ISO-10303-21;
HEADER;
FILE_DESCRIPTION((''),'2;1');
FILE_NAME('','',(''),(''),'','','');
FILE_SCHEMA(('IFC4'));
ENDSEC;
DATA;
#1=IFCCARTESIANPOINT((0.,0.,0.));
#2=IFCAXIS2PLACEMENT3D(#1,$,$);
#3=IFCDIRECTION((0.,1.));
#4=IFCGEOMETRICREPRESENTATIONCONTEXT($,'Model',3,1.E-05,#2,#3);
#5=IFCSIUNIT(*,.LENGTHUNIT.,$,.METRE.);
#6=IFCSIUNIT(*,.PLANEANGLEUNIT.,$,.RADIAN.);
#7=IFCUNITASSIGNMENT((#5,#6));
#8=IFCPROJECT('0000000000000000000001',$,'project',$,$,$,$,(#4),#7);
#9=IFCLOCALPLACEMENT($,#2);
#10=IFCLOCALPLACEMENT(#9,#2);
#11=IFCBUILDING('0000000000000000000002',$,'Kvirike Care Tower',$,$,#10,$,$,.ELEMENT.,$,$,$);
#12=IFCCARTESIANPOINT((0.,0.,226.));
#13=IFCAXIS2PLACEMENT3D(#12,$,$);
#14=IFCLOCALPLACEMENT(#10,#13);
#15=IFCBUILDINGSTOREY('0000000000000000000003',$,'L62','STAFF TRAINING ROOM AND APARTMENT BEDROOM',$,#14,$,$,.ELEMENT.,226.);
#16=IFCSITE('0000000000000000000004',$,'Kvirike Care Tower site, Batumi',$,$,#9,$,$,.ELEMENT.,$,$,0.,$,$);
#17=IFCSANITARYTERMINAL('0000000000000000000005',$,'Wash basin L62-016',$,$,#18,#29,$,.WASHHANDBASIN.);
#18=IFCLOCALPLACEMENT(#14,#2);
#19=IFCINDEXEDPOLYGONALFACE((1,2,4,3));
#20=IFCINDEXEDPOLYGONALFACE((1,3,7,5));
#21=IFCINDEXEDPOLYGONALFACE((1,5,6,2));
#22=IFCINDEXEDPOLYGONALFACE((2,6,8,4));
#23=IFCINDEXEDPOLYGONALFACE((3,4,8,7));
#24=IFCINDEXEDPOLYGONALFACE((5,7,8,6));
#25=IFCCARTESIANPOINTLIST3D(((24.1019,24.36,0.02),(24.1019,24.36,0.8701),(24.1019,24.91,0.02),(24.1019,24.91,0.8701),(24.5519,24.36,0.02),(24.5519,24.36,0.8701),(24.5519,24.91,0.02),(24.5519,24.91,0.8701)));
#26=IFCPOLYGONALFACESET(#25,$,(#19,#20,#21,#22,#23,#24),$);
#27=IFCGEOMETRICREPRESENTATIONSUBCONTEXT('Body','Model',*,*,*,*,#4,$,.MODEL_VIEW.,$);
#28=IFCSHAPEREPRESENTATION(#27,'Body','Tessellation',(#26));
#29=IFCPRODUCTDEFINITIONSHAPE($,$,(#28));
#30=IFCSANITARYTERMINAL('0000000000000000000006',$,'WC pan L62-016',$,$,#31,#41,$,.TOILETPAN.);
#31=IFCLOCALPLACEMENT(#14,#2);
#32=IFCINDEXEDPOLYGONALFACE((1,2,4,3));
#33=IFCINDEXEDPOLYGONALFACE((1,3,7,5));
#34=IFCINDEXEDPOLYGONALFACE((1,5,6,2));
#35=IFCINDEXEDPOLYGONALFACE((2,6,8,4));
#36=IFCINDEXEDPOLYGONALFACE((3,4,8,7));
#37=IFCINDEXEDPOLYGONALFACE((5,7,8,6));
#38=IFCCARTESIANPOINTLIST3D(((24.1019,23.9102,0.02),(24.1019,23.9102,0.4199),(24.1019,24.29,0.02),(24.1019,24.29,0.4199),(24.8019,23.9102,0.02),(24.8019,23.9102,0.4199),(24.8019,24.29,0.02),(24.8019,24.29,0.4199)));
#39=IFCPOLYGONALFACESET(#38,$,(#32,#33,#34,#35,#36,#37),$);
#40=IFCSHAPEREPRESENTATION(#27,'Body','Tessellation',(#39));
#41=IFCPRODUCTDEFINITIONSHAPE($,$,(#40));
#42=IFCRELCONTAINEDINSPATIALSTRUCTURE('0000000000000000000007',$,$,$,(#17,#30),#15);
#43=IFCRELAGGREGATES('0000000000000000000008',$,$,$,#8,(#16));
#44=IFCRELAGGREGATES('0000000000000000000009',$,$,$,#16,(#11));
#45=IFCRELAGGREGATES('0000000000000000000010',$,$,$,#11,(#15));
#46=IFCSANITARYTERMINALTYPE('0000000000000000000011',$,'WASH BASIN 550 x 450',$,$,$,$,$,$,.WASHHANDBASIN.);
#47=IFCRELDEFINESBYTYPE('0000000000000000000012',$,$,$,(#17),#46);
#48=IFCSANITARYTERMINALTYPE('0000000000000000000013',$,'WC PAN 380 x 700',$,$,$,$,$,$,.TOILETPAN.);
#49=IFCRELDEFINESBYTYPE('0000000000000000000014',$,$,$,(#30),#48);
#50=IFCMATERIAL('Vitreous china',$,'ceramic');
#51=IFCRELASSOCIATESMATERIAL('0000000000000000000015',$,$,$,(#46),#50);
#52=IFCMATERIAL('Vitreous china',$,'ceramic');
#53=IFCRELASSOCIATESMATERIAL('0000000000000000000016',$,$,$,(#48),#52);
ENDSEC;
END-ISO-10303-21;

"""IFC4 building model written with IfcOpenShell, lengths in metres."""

from ifc_helpers import new_model, si_unit, direction, frame, origin, origin_2d, place, context, subcontext, project, spatial, rectangle, extrude, material, type_object, element, save


model = new_model("IFC4")

# Units and contexts
model_context = context("Model", 3, precision=1e-05, world=origin(), true_north=direction((0.0, 1.0)))
body_context = subcontext(model_context, "Body", "Model", "MODEL_VIEW")
ifc_project = project(units=[si_unit("LENGTHUNIT", "METRE"), si_unit("PLANEANGLEUNIT", "RADIAN")], contexts=[model_context])

# Site, building, storey
site_placement = place(None, origin())
site = spatial("IfcSite", under=ifc_project, at=site_placement, Name="Kvirike Care Tower site, Batumi", CompositionType="ELEMENT", RefElevation=0.0)
building_placement = place(site_placement, origin())
building = spatial("IfcBuilding", under=site, at=building_placement, Name="Kvirike Care Tower", CompositionType="ELEMENT")
storey_placement = place(building_placement, frame((0.0, 0.0, 226.0)))
storey = spatial("IfcBuildingStorey", under=building, at=storey_placement, Name="L62", Description="STAFF TRAINING ROOM AND APARTMENT BEDROOM", CompositionType="ELEMENT", Elevation=226.0)

# Sanitary terminals
ifc_material_1 = material(Name="Vitreous china", Category="ceramic")
sanitary_terminal_type_1 = type_object("IfcSanitaryTerminalType", Name="WASH BASIN 550 x 450", PredefinedType="WASHHANDBASIN", material=ifc_material_1)
sanitary_terminal_1_placement = place(storey_placement, frame((24.3269, 24.635, 0.02), z_axis=(0.0, 0.0, 1.0), x_axis=(0.0, 1.0, 0.0)))
element("IfcSanitaryTerminal", 1, at=sanitary_terminal_1_placement, inside=storey, type_object=sanitary_terminal_type_1, Name="Wash basin L62-016", PredefinedType="WASHHANDBASIN", context=body_context, shape_type="SweptSolid", body=[
    extrude(rectangle(XDim=0.55, YDim=0.45, at=origin_2d()), origin(), (0.0, 0.0, 1.0), 0.8501),
])
ifc_material_2 = material(Name="Vitreous china", Category="ceramic")
sanitary_terminal_type_2 = type_object("IfcSanitaryTerminalType", Name="WC PAN 380 x 700", PredefinedType="TOILETPAN", material=ifc_material_2)
sanitary_terminal_2_placement = place(storey_placement, frame((24.4519, 24.1001, 0.02), z_axis=(0.0, 0.0, 1.0), x_axis=(0.0, 1.0, 0.0)))
element("IfcSanitaryTerminal", 2, at=sanitary_terminal_2_placement, inside=storey, type_object=sanitary_terminal_type_2, Name="WC pan L62-016", PredefinedType="TOILETPAN", context=body_context, shape_type="SweptSolid", body=[
    extrude(rectangle(XDim=0.3799, YDim=0.7, at=origin_2d()), origin(), (0.0, 0.0, 1.0), 0.3999),
])

save(model, "model.ifc")
